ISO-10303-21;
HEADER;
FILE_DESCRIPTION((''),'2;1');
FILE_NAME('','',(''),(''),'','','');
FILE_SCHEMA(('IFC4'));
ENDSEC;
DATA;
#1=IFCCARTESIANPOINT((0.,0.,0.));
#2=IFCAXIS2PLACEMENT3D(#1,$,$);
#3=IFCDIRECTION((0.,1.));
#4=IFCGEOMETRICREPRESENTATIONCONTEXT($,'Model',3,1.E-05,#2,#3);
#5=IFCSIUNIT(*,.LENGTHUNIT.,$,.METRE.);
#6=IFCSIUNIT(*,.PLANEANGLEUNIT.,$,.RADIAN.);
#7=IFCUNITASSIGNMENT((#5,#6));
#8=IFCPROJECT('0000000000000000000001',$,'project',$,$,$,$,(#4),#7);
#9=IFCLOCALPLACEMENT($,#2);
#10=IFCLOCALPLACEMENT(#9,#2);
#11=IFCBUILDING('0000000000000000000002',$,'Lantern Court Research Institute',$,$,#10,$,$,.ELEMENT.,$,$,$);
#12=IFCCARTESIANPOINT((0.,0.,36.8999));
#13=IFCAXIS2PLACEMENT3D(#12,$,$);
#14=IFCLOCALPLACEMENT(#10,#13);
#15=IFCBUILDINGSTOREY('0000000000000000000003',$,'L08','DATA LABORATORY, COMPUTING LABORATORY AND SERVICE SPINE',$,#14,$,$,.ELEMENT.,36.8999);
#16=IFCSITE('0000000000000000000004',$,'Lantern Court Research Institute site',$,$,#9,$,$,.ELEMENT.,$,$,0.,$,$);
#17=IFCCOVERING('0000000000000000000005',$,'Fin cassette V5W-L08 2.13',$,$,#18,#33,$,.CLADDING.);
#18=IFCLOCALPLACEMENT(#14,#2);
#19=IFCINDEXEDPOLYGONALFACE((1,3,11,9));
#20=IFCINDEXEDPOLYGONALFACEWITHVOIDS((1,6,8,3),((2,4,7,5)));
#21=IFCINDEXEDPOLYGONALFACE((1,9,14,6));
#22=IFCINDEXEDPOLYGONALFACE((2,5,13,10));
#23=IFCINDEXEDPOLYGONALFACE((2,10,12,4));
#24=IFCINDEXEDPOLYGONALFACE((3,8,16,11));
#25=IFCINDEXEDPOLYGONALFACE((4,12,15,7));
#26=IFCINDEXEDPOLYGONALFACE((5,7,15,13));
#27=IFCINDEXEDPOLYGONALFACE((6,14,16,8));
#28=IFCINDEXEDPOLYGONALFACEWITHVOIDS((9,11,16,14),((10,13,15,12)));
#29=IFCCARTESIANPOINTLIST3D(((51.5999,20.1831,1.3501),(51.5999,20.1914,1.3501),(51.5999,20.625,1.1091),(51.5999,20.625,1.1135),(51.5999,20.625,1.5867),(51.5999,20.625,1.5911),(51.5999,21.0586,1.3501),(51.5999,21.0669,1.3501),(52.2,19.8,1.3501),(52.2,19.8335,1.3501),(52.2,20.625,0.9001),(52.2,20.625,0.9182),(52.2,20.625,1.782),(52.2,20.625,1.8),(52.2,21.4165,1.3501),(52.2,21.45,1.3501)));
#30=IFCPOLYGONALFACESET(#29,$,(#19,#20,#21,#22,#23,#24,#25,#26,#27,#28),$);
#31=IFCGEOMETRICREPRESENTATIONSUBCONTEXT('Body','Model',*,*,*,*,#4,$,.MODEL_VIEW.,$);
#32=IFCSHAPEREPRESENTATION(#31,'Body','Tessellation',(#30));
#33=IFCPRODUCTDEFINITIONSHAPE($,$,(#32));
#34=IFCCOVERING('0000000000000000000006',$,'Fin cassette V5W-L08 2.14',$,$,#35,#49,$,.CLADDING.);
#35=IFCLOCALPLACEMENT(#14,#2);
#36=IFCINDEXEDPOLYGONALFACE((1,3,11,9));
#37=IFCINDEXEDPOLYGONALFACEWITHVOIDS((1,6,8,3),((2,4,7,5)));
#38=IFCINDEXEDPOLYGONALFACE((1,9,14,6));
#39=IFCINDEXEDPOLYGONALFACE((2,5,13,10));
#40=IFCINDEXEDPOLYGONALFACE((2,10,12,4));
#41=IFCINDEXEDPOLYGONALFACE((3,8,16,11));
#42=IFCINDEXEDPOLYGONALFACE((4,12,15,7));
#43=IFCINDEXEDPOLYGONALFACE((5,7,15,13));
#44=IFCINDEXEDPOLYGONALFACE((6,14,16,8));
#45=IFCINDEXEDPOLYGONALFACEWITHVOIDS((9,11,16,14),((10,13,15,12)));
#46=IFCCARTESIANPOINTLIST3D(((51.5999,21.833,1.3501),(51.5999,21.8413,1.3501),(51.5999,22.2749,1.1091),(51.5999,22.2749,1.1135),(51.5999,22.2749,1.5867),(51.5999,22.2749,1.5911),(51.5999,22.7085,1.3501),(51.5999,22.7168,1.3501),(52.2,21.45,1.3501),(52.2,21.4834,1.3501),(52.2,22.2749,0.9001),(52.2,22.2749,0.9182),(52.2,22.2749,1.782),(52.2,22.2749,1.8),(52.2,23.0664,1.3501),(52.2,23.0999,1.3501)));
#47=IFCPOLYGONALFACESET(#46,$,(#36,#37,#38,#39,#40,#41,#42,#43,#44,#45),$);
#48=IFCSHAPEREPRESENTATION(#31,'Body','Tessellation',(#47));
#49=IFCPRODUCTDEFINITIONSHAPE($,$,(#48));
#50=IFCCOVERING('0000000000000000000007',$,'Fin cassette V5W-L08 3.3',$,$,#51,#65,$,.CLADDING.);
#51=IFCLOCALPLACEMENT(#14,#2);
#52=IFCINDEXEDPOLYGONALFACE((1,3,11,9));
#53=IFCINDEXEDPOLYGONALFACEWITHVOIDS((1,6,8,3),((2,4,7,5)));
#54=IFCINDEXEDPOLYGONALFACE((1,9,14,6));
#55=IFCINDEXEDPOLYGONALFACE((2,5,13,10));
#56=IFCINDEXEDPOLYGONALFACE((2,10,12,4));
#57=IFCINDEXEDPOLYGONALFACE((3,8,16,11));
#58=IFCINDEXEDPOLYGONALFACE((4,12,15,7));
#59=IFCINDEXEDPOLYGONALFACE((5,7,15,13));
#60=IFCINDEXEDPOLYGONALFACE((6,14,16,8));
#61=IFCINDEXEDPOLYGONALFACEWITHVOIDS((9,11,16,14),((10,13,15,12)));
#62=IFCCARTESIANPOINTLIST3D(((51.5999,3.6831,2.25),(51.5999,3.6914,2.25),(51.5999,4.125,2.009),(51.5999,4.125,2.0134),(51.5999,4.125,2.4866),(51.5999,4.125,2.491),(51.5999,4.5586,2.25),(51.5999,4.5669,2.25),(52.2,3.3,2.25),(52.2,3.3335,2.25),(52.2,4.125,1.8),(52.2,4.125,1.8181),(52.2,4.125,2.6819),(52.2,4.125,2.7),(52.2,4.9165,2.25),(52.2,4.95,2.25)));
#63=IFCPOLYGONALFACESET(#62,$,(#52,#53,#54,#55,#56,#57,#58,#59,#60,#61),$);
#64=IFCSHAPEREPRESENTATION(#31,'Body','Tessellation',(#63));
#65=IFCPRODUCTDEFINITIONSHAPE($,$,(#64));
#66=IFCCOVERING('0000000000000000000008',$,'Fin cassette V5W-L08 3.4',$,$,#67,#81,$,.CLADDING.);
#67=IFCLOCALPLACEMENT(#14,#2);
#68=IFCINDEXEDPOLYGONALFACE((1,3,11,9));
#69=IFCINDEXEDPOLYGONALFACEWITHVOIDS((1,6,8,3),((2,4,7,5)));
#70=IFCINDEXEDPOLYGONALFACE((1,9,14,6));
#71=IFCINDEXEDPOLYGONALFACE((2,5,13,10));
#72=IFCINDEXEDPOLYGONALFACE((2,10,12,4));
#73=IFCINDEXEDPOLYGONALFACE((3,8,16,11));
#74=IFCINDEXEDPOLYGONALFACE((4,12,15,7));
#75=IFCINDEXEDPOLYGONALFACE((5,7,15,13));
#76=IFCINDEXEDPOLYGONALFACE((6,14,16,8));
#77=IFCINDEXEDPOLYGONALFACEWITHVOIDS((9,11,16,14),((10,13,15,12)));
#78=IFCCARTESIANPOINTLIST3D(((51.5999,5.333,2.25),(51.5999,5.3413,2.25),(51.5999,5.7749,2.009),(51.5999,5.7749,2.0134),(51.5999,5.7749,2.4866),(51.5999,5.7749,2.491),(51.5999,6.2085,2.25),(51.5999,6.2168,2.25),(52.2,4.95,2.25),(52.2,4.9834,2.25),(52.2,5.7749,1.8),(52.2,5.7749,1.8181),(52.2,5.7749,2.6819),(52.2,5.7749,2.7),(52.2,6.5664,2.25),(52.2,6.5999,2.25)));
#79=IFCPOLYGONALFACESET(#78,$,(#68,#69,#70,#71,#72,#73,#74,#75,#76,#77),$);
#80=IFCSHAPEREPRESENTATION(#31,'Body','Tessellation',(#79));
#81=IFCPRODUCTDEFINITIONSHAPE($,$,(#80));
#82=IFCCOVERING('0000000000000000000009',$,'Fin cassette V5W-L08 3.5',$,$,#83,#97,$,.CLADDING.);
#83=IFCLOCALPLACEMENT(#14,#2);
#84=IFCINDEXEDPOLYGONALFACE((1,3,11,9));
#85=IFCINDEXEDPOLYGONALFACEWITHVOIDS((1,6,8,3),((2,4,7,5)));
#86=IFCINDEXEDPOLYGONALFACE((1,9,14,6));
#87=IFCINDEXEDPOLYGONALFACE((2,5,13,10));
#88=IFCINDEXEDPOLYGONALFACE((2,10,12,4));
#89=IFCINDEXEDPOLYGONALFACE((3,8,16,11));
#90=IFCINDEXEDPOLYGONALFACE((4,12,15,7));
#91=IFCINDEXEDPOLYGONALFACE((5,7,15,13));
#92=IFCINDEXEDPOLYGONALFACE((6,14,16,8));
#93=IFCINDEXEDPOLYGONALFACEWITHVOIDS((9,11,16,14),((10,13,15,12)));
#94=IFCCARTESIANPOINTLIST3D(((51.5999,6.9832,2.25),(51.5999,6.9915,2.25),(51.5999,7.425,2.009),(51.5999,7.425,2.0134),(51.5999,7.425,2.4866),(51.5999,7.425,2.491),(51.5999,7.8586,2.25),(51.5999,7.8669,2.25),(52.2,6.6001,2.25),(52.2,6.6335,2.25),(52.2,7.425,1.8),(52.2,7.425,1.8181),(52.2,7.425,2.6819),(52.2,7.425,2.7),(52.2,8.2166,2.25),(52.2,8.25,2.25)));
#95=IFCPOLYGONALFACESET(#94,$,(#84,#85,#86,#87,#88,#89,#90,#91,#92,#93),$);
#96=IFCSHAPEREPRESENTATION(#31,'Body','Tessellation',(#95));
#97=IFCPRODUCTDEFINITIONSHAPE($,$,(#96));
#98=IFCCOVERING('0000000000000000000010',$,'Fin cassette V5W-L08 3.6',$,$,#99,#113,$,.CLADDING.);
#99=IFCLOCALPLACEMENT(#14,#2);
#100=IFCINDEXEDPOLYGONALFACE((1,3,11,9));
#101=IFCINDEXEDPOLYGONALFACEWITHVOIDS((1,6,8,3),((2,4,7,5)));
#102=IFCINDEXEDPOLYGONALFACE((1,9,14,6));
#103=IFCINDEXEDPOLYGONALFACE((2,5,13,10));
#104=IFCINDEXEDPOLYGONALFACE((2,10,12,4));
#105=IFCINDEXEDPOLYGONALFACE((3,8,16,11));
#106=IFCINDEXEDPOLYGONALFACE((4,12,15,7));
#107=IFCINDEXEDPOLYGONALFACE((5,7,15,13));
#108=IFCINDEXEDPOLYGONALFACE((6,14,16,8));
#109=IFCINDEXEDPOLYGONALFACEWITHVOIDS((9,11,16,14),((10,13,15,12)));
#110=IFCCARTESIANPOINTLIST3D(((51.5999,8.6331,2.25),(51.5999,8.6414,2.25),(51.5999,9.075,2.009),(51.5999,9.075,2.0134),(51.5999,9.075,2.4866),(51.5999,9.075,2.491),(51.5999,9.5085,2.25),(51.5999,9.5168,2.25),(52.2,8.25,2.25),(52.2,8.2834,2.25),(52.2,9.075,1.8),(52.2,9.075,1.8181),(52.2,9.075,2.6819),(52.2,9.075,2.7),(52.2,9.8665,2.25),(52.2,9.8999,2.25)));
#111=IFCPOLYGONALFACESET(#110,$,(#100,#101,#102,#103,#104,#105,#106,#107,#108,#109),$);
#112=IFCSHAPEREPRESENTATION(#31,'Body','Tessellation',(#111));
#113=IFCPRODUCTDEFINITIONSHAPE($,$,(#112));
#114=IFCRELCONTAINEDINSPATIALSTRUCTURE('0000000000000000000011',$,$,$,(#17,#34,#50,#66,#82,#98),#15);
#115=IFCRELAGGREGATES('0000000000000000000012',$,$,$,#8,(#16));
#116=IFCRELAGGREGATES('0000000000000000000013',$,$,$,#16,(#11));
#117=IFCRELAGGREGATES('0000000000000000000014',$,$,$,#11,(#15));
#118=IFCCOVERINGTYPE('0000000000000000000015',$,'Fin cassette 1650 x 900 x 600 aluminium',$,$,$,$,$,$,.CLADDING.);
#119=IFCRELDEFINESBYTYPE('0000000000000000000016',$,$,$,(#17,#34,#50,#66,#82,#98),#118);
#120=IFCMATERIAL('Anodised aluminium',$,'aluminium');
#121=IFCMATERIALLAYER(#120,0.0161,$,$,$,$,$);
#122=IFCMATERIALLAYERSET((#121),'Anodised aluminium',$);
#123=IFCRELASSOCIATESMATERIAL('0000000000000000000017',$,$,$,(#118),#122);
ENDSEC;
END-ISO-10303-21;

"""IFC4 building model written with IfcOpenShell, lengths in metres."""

from ifc_helpers import new_model, entity, si_unit, direction, frame, origin, place, context, subcontext, project, spatial, material, layer, layer_set, type_object, element, save


model = new_model("IFC4")

# Units and contexts
model_context = context("Model", 3, precision=1e-05, world=origin(), true_north=direction((0.0, 1.0)))
body_context = subcontext(model_context, "Body", "Model", "MODEL_VIEW")
ifc_project = project(units=[si_unit("LENGTHUNIT", "METRE"), si_unit("PLANEANGLEUNIT", "RADIAN")], contexts=[model_context])

# Site, building, storey
site_placement = place(None, origin())
site = spatial("IfcSite", under=ifc_project, at=site_placement, Name="Lantern Court Research Institute site", CompositionType="ELEMENT", RefElevation=0.0)
building_placement = place(site_placement, origin())
building = spatial("IfcBuilding", under=site, at=building_placement, Name="Lantern Court Research Institute", CompositionType="ELEMENT")
storey_placement = place(building_placement, frame((0.0, 0.0, 36.8999)))
storey = spatial("IfcBuildingStorey", under=building, at=storey_placement, Name="L08", Description="DATA LABORATORY, COMPUTING LABORATORY AND SERVICE SPINE", CompositionType="ELEMENT", Elevation=36.8999)

# Coverings
ifc_material = material(Name="Anodised aluminium", Category="aluminium")
ifc_layer = layer(ifc_material, 0.0161)
ifc_layer_set = layer_set([ifc_layer], Name="Anodised aluminium")
covering_type = type_object("IfcCoveringType", Name="Fin cassette 1650 x 900 x 600 aluminium", PredefinedType="CLADDING", material=ifc_layer_set)
covering_1_placement = place(storey_placement, frame((52.2, 20.625, 1.3501), z_axis=(-1.0, 0.0, 0.0), x_axis=(0.0, -1.0, 0.0)))
cartesian_point_1 = entity("IfcCartesianPoint", [0.825, 0.0])
cartesian_point_2 = entity("IfcCartesianPoint", [0.7915, 0.0])
cartesian_point_3 = entity("IfcCartesianPoint", [0.4419, 0.0])
cartesian_point_4 = entity("IfcCartesianPoint", [0.4336, 0.0])
element("IfcCovering", 1, at=covering_1_placement, inside=storey, type_object=covering_type, Name="Fin cassette V5W-L08 2.13", PredefinedType="CLADDING", context=body_context, shape_type="SweptSolid", body=[
    entity("IfcExtrudedAreaSolidTapered", entity("IfcArbitraryProfileDefWithVoids", "AREA", None, entity("IfcPolyline", [cartesian_point_1, entity("IfcCartesianPoint", [0.0, 0.45]), entity("IfcCartesianPoint", [-0.825, 0.0]), entity("IfcCartesianPoint", [0.0, -0.45]), cartesian_point_1]), [entity("IfcPolyline", [cartesian_point_2, entity("IfcCartesianPoint", [0.0, 0.4319]), entity("IfcCartesianPoint", [-0.7915, 0.0]), entity("IfcCartesianPoint", [0.0, -0.4319]), cartesian_point_2])]), entity("IfcAxis2Placement3D", entity("IfcCartesianPoint", [0.0, 0.0, 0.0])), entity("IfcDirection", [0.0, 0.0, 1.0]), 0.6001, entity("IfcArbitraryProfileDefWithVoids", "AREA", None, entity("IfcPolyline", [cartesian_point_3, entity("IfcCartesianPoint", [0.0, 0.241]), entity("IfcCartesianPoint", [-0.4419, 0.0]), entity("IfcCartesianPoint", [0.0, -0.241]), cartesian_point_3]), [entity("IfcPolyline", [cartesian_point_4, entity("IfcCartesianPoint", [0.0, 0.2366]), entity("IfcCartesianPoint", [-0.4336, 0.0]), entity("IfcCartesianPoint", [0.0, -0.2366]), cartesian_point_4])])),
])
covering_2_placement = place(storey_placement, frame((52.2, 22.2749, 1.3501), z_axis=(-1.0, 0.0, 0.0), x_axis=(0.0, -1.0, 0.0)))
cartesian_point_5 = entity("IfcCartesianPoint", [0.825, 0.0])
cartesian_point_6 = entity("IfcCartesianPoint", [0.7915, 0.0])
cartesian_point_7 = entity("IfcCartesianPoint", [0.4419, 0.0])
cartesian_point_8 = entity("IfcCartesianPoint", [0.4336, 0.0])
element("IfcCovering", 2, at=covering_2_placement, inside=storey, type_object=covering_type, Name="Fin cassette V5W-L08 2.14", PredefinedType="CLADDING", context=body_context, shape_type="SweptSolid", body=[
    entity("IfcExtrudedAreaSolidTapered", entity("IfcArbitraryProfileDefWithVoids", "AREA", None, entity("IfcPolyline", [cartesian_point_5, entity("IfcCartesianPoint", [0.0, 0.45]), entity("IfcCartesianPoint", [-0.825, 0.0]), entity("IfcCartesianPoint", [0.0, -0.45]), cartesian_point_5]), [entity("IfcPolyline", [cartesian_point_6, entity("IfcCartesianPoint", [0.0, 0.4319]), entity("IfcCartesianPoint", [-0.7915, 0.0]), entity("IfcCartesianPoint", [0.0, -0.4319]), cartesian_point_6])]), entity("IfcAxis2Placement3D", entity("IfcCartesianPoint", [0.0, 0.0, 0.0])), entity("IfcDirection", [0.0, 0.0, 1.0]), 0.6001, entity("IfcArbitraryProfileDefWithVoids", "AREA", None, entity("IfcPolyline", [cartesian_point_7, entity("IfcCartesianPoint", [0.0, 0.241]), entity("IfcCartesianPoint", [-0.4419, 0.0]), entity("IfcCartesianPoint", [0.0, -0.241]), cartesian_point_7]), [entity("IfcPolyline", [cartesian_point_8, entity("IfcCartesianPoint", [0.0, 0.2366]), entity("IfcCartesianPoint", [-0.4336, 0.0]), entity("IfcCartesianPoint", [0.0, -0.2366]), cartesian_point_8])])),
])
covering_3_placement = place(storey_placement, frame((52.2, 4.125, 2.25), z_axis=(-1.0, 0.0, 0.0), x_axis=(0.0, -1.0, 0.0)))
cartesian_point_9 = entity("IfcCartesianPoint", [0.825, 0.0])
cartesian_point_10 = entity("IfcCartesianPoint", [0.7915, 0.0])
cartesian_point_11 = entity("IfcCartesianPoint", [0.4419, 0.0])
cartesian_point_12 = entity("IfcCartesianPoint", [0.4336, 0.0])
element("IfcCovering", 3, at=covering_3_placement, inside=storey, type_object=covering_type, Name="Fin cassette V5W-L08 3.3", PredefinedType="CLADDING", context=body_context, shape_type="SweptSolid", body=[
    entity("IfcExtrudedAreaSolidTapered", entity("IfcArbitraryProfileDefWithVoids", "AREA", None, entity("IfcPolyline", [cartesian_point_9, entity("IfcCartesianPoint", [0.0, 0.45]), entity("IfcCartesianPoint", [-0.825, 0.0]), entity("IfcCartesianPoint", [0.0, -0.45]), cartesian_point_9]), [entity("IfcPolyline", [cartesian_point_10, entity("IfcCartesianPoint", [0.0, 0.4319]), entity("IfcCartesianPoint", [-0.7915, 0.0]), entity("IfcCartesianPoint", [0.0, -0.4319]), cartesian_point_10])]), entity("IfcAxis2Placement3D", entity("IfcCartesianPoint", [0.0, 0.0, 0.0])), entity("IfcDirection", [0.0, 0.0, 1.0]), 0.6001, entity("IfcArbitraryProfileDefWithVoids", "AREA", None, entity("IfcPolyline", [cartesian_point_11, entity("IfcCartesianPoint", [0.0, 0.241]), entity("IfcCartesianPoint", [-0.4419, 0.0]), entity("IfcCartesianPoint", [0.0, -0.241]), cartesian_point_11]), [entity("IfcPolyline", [cartesian_point_12, entity("IfcCartesianPoint", [0.0, 0.2366]), entity("IfcCartesianPoint", [-0.4336, 0.0]), entity("IfcCartesianPoint", [0.0, -0.2366]), cartesian_point_12])])),
])
covering_4_placement = place(storey_placement, frame((52.2, 5.7749, 2.25), z_axis=(-1.0, 0.0, 0.0), x_axis=(0.0, -1.0, 0.0)))
cartesian_point_13 = entity("IfcCartesianPoint", [0.825, 0.0])
cartesian_point_14 = entity("IfcCartesianPoint", [0.7915, 0.0])
cartesian_point_15 = entity("IfcCartesianPoint", [0.4419, 0.0])
cartesian_point_16 = entity("IfcCartesianPoint", [0.4336, 0.0])
element("IfcCovering", 4, at=covering_4_placement, inside=storey, type_object=covering_type, Name="Fin cassette V5W-L08 3.4", PredefinedType="CLADDING", context=body_context, shape_type="SweptSolid", body=[
    entity("IfcExtrudedAreaSolidTapered", entity("IfcArbitraryProfileDefWithVoids", "AREA", None, entity("IfcPolyline", [cartesian_point_13, entity("IfcCartesianPoint", [0.0, 0.45]), entity("IfcCartesianPoint", [-0.825, 0.0]), entity("IfcCartesianPoint", [0.0, -0.45]), cartesian_point_13]), [entity("IfcPolyline", [cartesian_point_14, entity("IfcCartesianPoint", [0.0, 0.4319]), entity("IfcCartesianPoint", [-0.7915, 0.0]), entity("IfcCartesianPoint", [0.0, -0.4319]), cartesian_point_14])]), entity("IfcAxis2Placement3D", entity("IfcCartesianPoint", [0.0, 0.0, 0.0])), entity("IfcDirection", [0.0, 0.0, 1.0]), 0.6001, entity("IfcArbitraryProfileDefWithVoids", "AREA", None, entity("IfcPolyline", [cartesian_point_15, entity("IfcCartesianPoint", [0.0, 0.241]), entity("IfcCartesianPoint", [-0.4419, 0.0]), entity("IfcCartesianPoint", [0.0, -0.241]), cartesian_point_15]), [entity("IfcPolyline", [cartesian_point_16, entity("IfcCartesianPoint", [0.0, 0.2366]), entity("IfcCartesianPoint", [-0.4336, 0.0]), entity("IfcCartesianPoint", [0.0, -0.2366]), cartesian_point_16])])),
])
covering_5_placement = place(storey_placement, frame((52.2, 7.425, 2.25), z_axis=(-1.0, 0.0, 0.0), x_axis=(0.0, -1.0, 0.0)))
cartesian_point_17 = entity("IfcCartesianPoint", [0.825, 0.0])
cartesian_point_18 = entity("IfcCartesianPoint", [0.7915, 0.0])
cartesian_point_19 = entity("IfcCartesianPoint", [0.4419, 0.0])
cartesian_point_20 = entity("IfcCartesianPoint", [0.4336, 0.0])
element("IfcCovering", 5, at=covering_5_placement, inside=storey, type_object=covering_type, Name="Fin cassette V5W-L08 3.5", PredefinedType="CLADDING", context=body_context, shape_type="SweptSolid", body=[
    entity("IfcExtrudedAreaSolidTapered", entity("IfcArbitraryProfileDefWithVoids", "AREA", None, entity("IfcPolyline", [cartesian_point_17, entity("IfcCartesianPoint", [0.0, 0.45]), entity("IfcCartesianPoint", [-0.825, 0.0]), entity("IfcCartesianPoint", [0.0, -0.45]), cartesian_point_17]), [entity("IfcPolyline", [cartesian_point_18, entity("IfcCartesianPoint", [0.0, 0.4319]), entity("IfcCartesianPoint", [-0.7915, 0.0]), entity("IfcCartesianPoint", [0.0, -0.4319]), cartesian_point_18])]), entity("IfcAxis2Placement3D", entity("IfcCartesianPoint", [0.0, 0.0, 0.0])), entity("IfcDirection", [0.0, 0.0, 1.0]), 0.6001, entity("IfcArbitraryProfileDefWithVoids", "AREA", None, entity("IfcPolyline", [cartesian_point_19, entity("IfcCartesianPoint", [0.0, 0.241]), entity("IfcCartesianPoint", [-0.4419, 0.0]), entity("IfcCartesianPoint", [0.0, -0.241]), cartesian_point_19]), [entity("IfcPolyline", [cartesian_point_20, entity("IfcCartesianPoint", [0.0, 0.2366]), entity("IfcCartesianPoint", [-0.4336, 0.0]), entity("IfcCartesianPoint", [0.0, -0.2366]), cartesian_point_20])])),
])
covering_6_placement = place(storey_placement, frame((52.2, 9.075, 2.25), z_axis=(-1.0, 0.0, 0.0), x_axis=(0.0, -1.0, 0.0)))
cartesian_point_21 = entity("IfcCartesianPoint", [0.825, 0.0])
cartesian_point_22 = entity("IfcCartesianPoint", [0.7915, 0.0])
cartesian_point_23 = entity("IfcCartesianPoint", [0.4419, 0.0])
cartesian_point_24 = entity("IfcCartesianPoint", [0.4336, 0.0])
element("IfcCovering", 6, at=covering_6_placement, inside=storey, type_object=covering_type, Name="Fin cassette V5W-L08 3.6", PredefinedType="CLADDING", context=body_context, shape_type="SweptSolid", body=[
    entity("IfcExtrudedAreaSolidTapered", entity("IfcArbitraryProfileDefWithVoids", "AREA", None, entity("IfcPolyline", [cartesian_point_21, entity("IfcCartesianPoint", [0.0, 0.45]), entity("IfcCartesianPoint", [-0.825, 0.0]), entity("IfcCartesianPoint", [0.0, -0.45]), cartesian_point_21]), [entity("IfcPolyline", [cartesian_point_22, entity("IfcCartesianPoint", [0.0, 0.4319]), entity("IfcCartesianPoint", [-0.7915, 0.0]), entity("IfcCartesianPoint", [0.0, -0.4319]), cartesian_point_22])]), entity("IfcAxis2Placement3D", entity("IfcCartesianPoint", [0.0, 0.0, 0.0])), entity("IfcDirection", [0.0, 0.0, 1.0]), 0.6001, entity("IfcArbitraryProfileDefWithVoids", "AREA", None, entity("IfcPolyline", [cartesian_point_23, entity("IfcCartesianPoint", [0.0, 0.241]), entity("IfcCartesianPoint", [-0.4419, 0.0]), entity("IfcCartesianPoint", [0.0, -0.241]), cartesian_point_23]), [entity("IfcPolyline", [cartesian_point_24, entity("IfcCartesianPoint", [0.0, 0.2366]), entity("IfcCartesianPoint", [-0.4336, 0.0]), entity("IfcCartesianPoint", [0.0, -0.2366]), cartesian_point_24])])),
])

save(model, "model.ifc")
